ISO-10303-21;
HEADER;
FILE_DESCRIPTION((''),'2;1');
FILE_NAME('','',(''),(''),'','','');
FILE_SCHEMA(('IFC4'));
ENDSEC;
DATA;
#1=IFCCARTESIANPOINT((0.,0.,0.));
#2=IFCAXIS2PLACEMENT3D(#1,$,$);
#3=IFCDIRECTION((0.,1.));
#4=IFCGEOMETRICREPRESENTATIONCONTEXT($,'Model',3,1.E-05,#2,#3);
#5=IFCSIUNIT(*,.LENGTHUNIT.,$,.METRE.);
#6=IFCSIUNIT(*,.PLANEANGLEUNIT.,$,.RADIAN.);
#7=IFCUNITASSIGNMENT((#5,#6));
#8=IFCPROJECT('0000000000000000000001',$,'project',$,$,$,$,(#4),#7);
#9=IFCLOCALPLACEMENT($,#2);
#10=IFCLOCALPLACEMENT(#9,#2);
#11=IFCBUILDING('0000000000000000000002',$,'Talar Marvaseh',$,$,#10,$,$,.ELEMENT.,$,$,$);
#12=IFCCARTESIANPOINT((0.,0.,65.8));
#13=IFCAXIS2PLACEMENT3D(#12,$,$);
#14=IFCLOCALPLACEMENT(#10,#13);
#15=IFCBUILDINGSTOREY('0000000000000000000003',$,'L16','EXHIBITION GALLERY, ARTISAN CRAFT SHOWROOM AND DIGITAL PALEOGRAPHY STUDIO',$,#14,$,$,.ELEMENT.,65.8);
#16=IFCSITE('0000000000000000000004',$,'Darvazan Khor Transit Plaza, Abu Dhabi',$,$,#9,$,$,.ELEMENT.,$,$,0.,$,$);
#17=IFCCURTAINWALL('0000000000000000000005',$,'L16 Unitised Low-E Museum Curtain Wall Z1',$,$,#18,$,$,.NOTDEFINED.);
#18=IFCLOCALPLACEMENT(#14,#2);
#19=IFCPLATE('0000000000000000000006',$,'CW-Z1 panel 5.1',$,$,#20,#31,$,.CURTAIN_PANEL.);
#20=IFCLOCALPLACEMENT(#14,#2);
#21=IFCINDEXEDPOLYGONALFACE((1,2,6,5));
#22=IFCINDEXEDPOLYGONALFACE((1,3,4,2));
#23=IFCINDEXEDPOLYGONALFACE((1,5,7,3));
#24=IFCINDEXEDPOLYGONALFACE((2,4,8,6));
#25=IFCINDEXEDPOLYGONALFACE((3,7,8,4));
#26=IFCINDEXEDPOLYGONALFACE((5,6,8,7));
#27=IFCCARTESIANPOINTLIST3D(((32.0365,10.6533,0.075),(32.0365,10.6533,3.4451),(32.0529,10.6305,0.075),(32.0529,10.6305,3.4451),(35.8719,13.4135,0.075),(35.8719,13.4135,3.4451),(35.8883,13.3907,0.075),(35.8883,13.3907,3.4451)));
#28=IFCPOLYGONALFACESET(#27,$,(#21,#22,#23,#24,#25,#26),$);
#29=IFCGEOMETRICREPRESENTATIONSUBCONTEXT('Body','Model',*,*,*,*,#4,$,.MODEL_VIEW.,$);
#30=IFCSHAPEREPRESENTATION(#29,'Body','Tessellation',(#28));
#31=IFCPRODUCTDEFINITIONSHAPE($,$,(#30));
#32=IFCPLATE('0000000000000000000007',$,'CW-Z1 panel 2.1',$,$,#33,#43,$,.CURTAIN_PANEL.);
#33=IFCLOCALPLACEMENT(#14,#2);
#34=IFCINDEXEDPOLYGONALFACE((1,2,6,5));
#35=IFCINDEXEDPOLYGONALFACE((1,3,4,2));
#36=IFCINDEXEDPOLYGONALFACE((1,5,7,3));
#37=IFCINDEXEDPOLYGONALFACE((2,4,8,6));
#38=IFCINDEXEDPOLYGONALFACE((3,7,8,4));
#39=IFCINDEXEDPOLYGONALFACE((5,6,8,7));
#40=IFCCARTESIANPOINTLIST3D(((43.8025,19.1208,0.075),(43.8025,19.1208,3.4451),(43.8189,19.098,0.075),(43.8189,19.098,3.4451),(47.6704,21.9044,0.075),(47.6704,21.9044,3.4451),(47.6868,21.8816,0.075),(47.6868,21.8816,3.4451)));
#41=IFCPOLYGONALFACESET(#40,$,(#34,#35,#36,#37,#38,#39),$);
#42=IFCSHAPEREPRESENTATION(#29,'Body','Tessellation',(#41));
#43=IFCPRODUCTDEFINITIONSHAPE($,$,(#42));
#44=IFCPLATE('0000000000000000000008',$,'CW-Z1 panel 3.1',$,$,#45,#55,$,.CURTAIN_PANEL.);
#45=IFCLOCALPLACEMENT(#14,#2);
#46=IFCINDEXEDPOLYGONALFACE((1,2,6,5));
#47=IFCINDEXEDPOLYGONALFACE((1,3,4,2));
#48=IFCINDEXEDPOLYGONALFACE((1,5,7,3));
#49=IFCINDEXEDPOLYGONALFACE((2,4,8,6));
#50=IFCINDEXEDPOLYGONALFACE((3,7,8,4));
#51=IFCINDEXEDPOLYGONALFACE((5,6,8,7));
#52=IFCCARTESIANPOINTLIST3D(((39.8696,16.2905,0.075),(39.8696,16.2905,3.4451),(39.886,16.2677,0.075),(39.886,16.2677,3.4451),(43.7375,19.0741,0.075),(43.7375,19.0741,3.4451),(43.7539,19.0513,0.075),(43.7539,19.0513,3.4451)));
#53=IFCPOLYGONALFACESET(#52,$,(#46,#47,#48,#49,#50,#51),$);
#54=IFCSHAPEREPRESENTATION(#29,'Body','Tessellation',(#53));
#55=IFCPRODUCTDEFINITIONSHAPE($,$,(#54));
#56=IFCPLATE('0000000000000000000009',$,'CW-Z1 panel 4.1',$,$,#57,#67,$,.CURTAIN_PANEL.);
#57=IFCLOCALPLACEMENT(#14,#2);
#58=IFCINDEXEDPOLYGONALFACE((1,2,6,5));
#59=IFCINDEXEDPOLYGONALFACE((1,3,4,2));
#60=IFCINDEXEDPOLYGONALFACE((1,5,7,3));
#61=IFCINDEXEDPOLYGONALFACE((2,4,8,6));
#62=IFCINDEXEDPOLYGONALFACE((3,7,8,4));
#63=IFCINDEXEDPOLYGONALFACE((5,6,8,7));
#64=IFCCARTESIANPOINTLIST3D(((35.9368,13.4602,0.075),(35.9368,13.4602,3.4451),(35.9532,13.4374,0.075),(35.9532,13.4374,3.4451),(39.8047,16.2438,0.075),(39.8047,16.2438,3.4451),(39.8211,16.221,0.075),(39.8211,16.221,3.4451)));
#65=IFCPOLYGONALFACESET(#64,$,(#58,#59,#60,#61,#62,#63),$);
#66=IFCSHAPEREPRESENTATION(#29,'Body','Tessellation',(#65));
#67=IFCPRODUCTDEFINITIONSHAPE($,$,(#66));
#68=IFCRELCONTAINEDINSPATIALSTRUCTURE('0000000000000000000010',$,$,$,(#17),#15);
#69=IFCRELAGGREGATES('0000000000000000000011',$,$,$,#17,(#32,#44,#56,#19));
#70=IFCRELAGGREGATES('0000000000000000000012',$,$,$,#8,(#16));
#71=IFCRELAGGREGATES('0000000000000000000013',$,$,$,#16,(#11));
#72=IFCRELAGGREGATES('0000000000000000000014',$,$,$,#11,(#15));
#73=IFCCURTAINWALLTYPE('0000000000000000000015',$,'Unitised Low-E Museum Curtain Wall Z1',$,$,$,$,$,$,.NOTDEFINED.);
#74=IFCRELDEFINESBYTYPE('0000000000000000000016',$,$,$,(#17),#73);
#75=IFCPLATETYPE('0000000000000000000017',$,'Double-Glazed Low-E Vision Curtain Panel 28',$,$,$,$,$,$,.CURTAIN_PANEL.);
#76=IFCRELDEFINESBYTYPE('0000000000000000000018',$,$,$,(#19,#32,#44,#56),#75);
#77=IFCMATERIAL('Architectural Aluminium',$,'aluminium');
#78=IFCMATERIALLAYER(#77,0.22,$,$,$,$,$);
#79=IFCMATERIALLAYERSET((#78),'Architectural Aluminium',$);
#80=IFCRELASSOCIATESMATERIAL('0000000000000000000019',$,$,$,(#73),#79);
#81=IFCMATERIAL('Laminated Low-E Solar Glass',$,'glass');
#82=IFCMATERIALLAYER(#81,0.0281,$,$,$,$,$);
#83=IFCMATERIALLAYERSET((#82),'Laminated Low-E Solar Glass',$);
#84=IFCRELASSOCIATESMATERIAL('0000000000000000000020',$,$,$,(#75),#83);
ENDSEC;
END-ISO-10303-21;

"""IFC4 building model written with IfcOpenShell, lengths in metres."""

from ifc_helpers import new_model, si_unit, direction, frame, origin, origin_2d, place, context, subcontext, project, spatial, rectangle, extrude, source, transform, mapped, material, layer, layer_set, type_object, type_shapes, element, aggregate, save


model = new_model("IFC4")

# Units and contexts
model_context = context("Model", 3, precision=1e-05, world=origin(), true_north=direction((0.0, 1.0)))
body_context = subcontext(model_context, "Body", "Model", "MODEL_VIEW")
ifc_project = project(units=[si_unit("LENGTHUNIT", "METRE"), si_unit("PLANEANGLEUNIT", "RADIAN")], contexts=[model_context])

# Site, building, storey
site_placement = place(None, origin())
site = spatial("IfcSite", under=ifc_project, at=site_placement, Name="Darvazan Khor Transit Plaza, Abu Dhabi", CompositionType="ELEMENT", RefElevation=0.0)
building_placement = place(site_placement, origin())
building = spatial("IfcBuilding", under=site, at=building_placement, Name="Talar Marvaseh", CompositionType="ELEMENT")
storey_placement = place(building_placement, frame((0.0, 0.0, 65.8)))
storey = spatial("IfcBuildingStorey", under=building, at=storey_placement, Name="L16", Description="EXHIBITION GALLERY, ARTISAN CRAFT SHOWROOM AND DIGITAL PALEOGRAPHY STUDIO", CompositionType="ELEMENT", Elevation=65.8)

# Curtain wall, plates
ifc_material_1 = material(Name="Architectural Aluminium", Category="aluminium")
ifc_layer_1 = layer(ifc_material_1, 0.22)
ifc_layer_set_1 = layer_set([ifc_layer_1], Name="Architectural Aluminium")
curtain_wall_type = type_object("IfcCurtainWallType", Name="Unitised Low-E Museum Curtain Wall Z1", PredefinedType="NOTDEFINED", material=ifc_layer_set_1)
curtain_wall_placement = place(storey_placement, origin())
curtain_wall = element("IfcCurtainWall", 1, at=curtain_wall_placement, inside=storey, type_object=curtain_wall_type, Name="L16 Unitised Low-E Museum Curtain Wall Z1", PredefinedType="NOTDEFINED")
ifc_material_2 = material(Name="Laminated Low-E Solar Glass", Category="glass")
ifc_layer_2 = layer(ifc_material_2, 0.0281)
ifc_layer_set_2 = layer_set([ifc_layer_2], Name="Laminated Low-E Solar Glass")
plate_type = type_object("IfcPlateType", Name="Double-Glazed Low-E Vision Curtain Panel 28", PredefinedType="CURTAIN_PANEL", material=ifc_layer_set_2)
shared_shape_1 = source(origin(), body_context, "Body", "SweptSolid", [
    extrude(rectangle(XDim=4.7253, YDim=0.0281, at=origin_2d()), origin(), (0.0, 0.0, 1.0), 3.3701),
])
plate_1_placement = place(storey_placement, frame((33.9624, 12.022, 0.075), z_axis=(0.0, 0.0, 1.0), x_axis=(-0.811665, -0.584123, 0.0)))
plate_1 = element("IfcPlate", 2, at=plate_1_placement, type_object=plate_type, Name="CW-Z1 panel 5.1", PredefinedType="CURTAIN_PANEL", context=body_context, shape_type="MappedRepresentation", body=[
    mapped(shared_shape_1, transform((0.0, 0.0, 0.0), x_axis=(1.0, 0.0, 0.0), y_axis=(0.0, 1.0, 0.0), z_axis=(0.0, 0.0, 1.0), scale=1.0)),
])
shared_shape_2 = source(origin(), body_context, "Body", "SweptSolid", [
    extrude(rectangle(XDim=4.7654, YDim=0.0281, at=origin_2d()), origin(), (0.0, 0.0, 1.0), 3.3701),
])
type_shapes(plate_type, [shared_shape_1, shared_shape_2])
plate_2_placement = place(storey_placement, frame((45.7446, 20.5012, 0.075), z_axis=(0.0, 0.0, 1.0), x_axis=(-0.811665, -0.584123, 0.0)))
plate_2 = element("IfcPlate", 3, at=plate_2_placement, type_object=plate_type, Name="CW-Z1 panel 2.1", PredefinedType="CURTAIN_PANEL", context=body_context, shape_type="MappedRepresentation", body=[
    mapped(shared_shape_2, transform((0.0, 0.0, 0.0), x_axis=(1.0, 0.0, 0.0), y_axis=(0.0, 1.0, 0.0), z_axis=(0.0, 0.0, 1.0), scale=1.0)),
])
plate_3_placement = place(storey_placement, frame((41.8118, 17.6709, 0.075), z_axis=(0.0, 0.0, 1.0), x_axis=(-0.811665, -0.584123, 0.0)))
plate_3 = element("IfcPlate", 4, at=plate_3_placement, type_object=plate_type, Name="CW-Z1 panel 3.1", PredefinedType="CURTAIN_PANEL", context=body_context, shape_type="MappedRepresentation", body=[
    mapped(shared_shape_2, transform((0.0, 0.0, 0.0), x_axis=(1.0, 0.0, 0.0), y_axis=(0.0, 1.0, 0.0), z_axis=(0.0, 0.0, 1.0), scale=1.0)),
])
plate_4_placement = place(storey_placement, frame((37.8789, 14.8406, 0.075), z_axis=(0.0, 0.0, 1.0), x_axis=(-0.811665, -0.584123, 0.0)))
plate_4 = element("IfcPlate", 5, at=plate_4_placement, type_object=plate_type, Name="CW-Z1 panel 4.1", PredefinedType="CURTAIN_PANEL", context=body_context, shape_type="MappedRepresentation", body=[
    mapped(shared_shape_2, transform((0.0, 0.0, 0.0), x_axis=(1.0, 0.0, 0.0), y_axis=(0.0, 1.0, 0.0), z_axis=(0.0, 0.0, 1.0), scale=1.0)),
])
aggregate(curtain_wall, [plate_2, plate_3, plate_4, plate_1])

save(model, "model.ifc")
